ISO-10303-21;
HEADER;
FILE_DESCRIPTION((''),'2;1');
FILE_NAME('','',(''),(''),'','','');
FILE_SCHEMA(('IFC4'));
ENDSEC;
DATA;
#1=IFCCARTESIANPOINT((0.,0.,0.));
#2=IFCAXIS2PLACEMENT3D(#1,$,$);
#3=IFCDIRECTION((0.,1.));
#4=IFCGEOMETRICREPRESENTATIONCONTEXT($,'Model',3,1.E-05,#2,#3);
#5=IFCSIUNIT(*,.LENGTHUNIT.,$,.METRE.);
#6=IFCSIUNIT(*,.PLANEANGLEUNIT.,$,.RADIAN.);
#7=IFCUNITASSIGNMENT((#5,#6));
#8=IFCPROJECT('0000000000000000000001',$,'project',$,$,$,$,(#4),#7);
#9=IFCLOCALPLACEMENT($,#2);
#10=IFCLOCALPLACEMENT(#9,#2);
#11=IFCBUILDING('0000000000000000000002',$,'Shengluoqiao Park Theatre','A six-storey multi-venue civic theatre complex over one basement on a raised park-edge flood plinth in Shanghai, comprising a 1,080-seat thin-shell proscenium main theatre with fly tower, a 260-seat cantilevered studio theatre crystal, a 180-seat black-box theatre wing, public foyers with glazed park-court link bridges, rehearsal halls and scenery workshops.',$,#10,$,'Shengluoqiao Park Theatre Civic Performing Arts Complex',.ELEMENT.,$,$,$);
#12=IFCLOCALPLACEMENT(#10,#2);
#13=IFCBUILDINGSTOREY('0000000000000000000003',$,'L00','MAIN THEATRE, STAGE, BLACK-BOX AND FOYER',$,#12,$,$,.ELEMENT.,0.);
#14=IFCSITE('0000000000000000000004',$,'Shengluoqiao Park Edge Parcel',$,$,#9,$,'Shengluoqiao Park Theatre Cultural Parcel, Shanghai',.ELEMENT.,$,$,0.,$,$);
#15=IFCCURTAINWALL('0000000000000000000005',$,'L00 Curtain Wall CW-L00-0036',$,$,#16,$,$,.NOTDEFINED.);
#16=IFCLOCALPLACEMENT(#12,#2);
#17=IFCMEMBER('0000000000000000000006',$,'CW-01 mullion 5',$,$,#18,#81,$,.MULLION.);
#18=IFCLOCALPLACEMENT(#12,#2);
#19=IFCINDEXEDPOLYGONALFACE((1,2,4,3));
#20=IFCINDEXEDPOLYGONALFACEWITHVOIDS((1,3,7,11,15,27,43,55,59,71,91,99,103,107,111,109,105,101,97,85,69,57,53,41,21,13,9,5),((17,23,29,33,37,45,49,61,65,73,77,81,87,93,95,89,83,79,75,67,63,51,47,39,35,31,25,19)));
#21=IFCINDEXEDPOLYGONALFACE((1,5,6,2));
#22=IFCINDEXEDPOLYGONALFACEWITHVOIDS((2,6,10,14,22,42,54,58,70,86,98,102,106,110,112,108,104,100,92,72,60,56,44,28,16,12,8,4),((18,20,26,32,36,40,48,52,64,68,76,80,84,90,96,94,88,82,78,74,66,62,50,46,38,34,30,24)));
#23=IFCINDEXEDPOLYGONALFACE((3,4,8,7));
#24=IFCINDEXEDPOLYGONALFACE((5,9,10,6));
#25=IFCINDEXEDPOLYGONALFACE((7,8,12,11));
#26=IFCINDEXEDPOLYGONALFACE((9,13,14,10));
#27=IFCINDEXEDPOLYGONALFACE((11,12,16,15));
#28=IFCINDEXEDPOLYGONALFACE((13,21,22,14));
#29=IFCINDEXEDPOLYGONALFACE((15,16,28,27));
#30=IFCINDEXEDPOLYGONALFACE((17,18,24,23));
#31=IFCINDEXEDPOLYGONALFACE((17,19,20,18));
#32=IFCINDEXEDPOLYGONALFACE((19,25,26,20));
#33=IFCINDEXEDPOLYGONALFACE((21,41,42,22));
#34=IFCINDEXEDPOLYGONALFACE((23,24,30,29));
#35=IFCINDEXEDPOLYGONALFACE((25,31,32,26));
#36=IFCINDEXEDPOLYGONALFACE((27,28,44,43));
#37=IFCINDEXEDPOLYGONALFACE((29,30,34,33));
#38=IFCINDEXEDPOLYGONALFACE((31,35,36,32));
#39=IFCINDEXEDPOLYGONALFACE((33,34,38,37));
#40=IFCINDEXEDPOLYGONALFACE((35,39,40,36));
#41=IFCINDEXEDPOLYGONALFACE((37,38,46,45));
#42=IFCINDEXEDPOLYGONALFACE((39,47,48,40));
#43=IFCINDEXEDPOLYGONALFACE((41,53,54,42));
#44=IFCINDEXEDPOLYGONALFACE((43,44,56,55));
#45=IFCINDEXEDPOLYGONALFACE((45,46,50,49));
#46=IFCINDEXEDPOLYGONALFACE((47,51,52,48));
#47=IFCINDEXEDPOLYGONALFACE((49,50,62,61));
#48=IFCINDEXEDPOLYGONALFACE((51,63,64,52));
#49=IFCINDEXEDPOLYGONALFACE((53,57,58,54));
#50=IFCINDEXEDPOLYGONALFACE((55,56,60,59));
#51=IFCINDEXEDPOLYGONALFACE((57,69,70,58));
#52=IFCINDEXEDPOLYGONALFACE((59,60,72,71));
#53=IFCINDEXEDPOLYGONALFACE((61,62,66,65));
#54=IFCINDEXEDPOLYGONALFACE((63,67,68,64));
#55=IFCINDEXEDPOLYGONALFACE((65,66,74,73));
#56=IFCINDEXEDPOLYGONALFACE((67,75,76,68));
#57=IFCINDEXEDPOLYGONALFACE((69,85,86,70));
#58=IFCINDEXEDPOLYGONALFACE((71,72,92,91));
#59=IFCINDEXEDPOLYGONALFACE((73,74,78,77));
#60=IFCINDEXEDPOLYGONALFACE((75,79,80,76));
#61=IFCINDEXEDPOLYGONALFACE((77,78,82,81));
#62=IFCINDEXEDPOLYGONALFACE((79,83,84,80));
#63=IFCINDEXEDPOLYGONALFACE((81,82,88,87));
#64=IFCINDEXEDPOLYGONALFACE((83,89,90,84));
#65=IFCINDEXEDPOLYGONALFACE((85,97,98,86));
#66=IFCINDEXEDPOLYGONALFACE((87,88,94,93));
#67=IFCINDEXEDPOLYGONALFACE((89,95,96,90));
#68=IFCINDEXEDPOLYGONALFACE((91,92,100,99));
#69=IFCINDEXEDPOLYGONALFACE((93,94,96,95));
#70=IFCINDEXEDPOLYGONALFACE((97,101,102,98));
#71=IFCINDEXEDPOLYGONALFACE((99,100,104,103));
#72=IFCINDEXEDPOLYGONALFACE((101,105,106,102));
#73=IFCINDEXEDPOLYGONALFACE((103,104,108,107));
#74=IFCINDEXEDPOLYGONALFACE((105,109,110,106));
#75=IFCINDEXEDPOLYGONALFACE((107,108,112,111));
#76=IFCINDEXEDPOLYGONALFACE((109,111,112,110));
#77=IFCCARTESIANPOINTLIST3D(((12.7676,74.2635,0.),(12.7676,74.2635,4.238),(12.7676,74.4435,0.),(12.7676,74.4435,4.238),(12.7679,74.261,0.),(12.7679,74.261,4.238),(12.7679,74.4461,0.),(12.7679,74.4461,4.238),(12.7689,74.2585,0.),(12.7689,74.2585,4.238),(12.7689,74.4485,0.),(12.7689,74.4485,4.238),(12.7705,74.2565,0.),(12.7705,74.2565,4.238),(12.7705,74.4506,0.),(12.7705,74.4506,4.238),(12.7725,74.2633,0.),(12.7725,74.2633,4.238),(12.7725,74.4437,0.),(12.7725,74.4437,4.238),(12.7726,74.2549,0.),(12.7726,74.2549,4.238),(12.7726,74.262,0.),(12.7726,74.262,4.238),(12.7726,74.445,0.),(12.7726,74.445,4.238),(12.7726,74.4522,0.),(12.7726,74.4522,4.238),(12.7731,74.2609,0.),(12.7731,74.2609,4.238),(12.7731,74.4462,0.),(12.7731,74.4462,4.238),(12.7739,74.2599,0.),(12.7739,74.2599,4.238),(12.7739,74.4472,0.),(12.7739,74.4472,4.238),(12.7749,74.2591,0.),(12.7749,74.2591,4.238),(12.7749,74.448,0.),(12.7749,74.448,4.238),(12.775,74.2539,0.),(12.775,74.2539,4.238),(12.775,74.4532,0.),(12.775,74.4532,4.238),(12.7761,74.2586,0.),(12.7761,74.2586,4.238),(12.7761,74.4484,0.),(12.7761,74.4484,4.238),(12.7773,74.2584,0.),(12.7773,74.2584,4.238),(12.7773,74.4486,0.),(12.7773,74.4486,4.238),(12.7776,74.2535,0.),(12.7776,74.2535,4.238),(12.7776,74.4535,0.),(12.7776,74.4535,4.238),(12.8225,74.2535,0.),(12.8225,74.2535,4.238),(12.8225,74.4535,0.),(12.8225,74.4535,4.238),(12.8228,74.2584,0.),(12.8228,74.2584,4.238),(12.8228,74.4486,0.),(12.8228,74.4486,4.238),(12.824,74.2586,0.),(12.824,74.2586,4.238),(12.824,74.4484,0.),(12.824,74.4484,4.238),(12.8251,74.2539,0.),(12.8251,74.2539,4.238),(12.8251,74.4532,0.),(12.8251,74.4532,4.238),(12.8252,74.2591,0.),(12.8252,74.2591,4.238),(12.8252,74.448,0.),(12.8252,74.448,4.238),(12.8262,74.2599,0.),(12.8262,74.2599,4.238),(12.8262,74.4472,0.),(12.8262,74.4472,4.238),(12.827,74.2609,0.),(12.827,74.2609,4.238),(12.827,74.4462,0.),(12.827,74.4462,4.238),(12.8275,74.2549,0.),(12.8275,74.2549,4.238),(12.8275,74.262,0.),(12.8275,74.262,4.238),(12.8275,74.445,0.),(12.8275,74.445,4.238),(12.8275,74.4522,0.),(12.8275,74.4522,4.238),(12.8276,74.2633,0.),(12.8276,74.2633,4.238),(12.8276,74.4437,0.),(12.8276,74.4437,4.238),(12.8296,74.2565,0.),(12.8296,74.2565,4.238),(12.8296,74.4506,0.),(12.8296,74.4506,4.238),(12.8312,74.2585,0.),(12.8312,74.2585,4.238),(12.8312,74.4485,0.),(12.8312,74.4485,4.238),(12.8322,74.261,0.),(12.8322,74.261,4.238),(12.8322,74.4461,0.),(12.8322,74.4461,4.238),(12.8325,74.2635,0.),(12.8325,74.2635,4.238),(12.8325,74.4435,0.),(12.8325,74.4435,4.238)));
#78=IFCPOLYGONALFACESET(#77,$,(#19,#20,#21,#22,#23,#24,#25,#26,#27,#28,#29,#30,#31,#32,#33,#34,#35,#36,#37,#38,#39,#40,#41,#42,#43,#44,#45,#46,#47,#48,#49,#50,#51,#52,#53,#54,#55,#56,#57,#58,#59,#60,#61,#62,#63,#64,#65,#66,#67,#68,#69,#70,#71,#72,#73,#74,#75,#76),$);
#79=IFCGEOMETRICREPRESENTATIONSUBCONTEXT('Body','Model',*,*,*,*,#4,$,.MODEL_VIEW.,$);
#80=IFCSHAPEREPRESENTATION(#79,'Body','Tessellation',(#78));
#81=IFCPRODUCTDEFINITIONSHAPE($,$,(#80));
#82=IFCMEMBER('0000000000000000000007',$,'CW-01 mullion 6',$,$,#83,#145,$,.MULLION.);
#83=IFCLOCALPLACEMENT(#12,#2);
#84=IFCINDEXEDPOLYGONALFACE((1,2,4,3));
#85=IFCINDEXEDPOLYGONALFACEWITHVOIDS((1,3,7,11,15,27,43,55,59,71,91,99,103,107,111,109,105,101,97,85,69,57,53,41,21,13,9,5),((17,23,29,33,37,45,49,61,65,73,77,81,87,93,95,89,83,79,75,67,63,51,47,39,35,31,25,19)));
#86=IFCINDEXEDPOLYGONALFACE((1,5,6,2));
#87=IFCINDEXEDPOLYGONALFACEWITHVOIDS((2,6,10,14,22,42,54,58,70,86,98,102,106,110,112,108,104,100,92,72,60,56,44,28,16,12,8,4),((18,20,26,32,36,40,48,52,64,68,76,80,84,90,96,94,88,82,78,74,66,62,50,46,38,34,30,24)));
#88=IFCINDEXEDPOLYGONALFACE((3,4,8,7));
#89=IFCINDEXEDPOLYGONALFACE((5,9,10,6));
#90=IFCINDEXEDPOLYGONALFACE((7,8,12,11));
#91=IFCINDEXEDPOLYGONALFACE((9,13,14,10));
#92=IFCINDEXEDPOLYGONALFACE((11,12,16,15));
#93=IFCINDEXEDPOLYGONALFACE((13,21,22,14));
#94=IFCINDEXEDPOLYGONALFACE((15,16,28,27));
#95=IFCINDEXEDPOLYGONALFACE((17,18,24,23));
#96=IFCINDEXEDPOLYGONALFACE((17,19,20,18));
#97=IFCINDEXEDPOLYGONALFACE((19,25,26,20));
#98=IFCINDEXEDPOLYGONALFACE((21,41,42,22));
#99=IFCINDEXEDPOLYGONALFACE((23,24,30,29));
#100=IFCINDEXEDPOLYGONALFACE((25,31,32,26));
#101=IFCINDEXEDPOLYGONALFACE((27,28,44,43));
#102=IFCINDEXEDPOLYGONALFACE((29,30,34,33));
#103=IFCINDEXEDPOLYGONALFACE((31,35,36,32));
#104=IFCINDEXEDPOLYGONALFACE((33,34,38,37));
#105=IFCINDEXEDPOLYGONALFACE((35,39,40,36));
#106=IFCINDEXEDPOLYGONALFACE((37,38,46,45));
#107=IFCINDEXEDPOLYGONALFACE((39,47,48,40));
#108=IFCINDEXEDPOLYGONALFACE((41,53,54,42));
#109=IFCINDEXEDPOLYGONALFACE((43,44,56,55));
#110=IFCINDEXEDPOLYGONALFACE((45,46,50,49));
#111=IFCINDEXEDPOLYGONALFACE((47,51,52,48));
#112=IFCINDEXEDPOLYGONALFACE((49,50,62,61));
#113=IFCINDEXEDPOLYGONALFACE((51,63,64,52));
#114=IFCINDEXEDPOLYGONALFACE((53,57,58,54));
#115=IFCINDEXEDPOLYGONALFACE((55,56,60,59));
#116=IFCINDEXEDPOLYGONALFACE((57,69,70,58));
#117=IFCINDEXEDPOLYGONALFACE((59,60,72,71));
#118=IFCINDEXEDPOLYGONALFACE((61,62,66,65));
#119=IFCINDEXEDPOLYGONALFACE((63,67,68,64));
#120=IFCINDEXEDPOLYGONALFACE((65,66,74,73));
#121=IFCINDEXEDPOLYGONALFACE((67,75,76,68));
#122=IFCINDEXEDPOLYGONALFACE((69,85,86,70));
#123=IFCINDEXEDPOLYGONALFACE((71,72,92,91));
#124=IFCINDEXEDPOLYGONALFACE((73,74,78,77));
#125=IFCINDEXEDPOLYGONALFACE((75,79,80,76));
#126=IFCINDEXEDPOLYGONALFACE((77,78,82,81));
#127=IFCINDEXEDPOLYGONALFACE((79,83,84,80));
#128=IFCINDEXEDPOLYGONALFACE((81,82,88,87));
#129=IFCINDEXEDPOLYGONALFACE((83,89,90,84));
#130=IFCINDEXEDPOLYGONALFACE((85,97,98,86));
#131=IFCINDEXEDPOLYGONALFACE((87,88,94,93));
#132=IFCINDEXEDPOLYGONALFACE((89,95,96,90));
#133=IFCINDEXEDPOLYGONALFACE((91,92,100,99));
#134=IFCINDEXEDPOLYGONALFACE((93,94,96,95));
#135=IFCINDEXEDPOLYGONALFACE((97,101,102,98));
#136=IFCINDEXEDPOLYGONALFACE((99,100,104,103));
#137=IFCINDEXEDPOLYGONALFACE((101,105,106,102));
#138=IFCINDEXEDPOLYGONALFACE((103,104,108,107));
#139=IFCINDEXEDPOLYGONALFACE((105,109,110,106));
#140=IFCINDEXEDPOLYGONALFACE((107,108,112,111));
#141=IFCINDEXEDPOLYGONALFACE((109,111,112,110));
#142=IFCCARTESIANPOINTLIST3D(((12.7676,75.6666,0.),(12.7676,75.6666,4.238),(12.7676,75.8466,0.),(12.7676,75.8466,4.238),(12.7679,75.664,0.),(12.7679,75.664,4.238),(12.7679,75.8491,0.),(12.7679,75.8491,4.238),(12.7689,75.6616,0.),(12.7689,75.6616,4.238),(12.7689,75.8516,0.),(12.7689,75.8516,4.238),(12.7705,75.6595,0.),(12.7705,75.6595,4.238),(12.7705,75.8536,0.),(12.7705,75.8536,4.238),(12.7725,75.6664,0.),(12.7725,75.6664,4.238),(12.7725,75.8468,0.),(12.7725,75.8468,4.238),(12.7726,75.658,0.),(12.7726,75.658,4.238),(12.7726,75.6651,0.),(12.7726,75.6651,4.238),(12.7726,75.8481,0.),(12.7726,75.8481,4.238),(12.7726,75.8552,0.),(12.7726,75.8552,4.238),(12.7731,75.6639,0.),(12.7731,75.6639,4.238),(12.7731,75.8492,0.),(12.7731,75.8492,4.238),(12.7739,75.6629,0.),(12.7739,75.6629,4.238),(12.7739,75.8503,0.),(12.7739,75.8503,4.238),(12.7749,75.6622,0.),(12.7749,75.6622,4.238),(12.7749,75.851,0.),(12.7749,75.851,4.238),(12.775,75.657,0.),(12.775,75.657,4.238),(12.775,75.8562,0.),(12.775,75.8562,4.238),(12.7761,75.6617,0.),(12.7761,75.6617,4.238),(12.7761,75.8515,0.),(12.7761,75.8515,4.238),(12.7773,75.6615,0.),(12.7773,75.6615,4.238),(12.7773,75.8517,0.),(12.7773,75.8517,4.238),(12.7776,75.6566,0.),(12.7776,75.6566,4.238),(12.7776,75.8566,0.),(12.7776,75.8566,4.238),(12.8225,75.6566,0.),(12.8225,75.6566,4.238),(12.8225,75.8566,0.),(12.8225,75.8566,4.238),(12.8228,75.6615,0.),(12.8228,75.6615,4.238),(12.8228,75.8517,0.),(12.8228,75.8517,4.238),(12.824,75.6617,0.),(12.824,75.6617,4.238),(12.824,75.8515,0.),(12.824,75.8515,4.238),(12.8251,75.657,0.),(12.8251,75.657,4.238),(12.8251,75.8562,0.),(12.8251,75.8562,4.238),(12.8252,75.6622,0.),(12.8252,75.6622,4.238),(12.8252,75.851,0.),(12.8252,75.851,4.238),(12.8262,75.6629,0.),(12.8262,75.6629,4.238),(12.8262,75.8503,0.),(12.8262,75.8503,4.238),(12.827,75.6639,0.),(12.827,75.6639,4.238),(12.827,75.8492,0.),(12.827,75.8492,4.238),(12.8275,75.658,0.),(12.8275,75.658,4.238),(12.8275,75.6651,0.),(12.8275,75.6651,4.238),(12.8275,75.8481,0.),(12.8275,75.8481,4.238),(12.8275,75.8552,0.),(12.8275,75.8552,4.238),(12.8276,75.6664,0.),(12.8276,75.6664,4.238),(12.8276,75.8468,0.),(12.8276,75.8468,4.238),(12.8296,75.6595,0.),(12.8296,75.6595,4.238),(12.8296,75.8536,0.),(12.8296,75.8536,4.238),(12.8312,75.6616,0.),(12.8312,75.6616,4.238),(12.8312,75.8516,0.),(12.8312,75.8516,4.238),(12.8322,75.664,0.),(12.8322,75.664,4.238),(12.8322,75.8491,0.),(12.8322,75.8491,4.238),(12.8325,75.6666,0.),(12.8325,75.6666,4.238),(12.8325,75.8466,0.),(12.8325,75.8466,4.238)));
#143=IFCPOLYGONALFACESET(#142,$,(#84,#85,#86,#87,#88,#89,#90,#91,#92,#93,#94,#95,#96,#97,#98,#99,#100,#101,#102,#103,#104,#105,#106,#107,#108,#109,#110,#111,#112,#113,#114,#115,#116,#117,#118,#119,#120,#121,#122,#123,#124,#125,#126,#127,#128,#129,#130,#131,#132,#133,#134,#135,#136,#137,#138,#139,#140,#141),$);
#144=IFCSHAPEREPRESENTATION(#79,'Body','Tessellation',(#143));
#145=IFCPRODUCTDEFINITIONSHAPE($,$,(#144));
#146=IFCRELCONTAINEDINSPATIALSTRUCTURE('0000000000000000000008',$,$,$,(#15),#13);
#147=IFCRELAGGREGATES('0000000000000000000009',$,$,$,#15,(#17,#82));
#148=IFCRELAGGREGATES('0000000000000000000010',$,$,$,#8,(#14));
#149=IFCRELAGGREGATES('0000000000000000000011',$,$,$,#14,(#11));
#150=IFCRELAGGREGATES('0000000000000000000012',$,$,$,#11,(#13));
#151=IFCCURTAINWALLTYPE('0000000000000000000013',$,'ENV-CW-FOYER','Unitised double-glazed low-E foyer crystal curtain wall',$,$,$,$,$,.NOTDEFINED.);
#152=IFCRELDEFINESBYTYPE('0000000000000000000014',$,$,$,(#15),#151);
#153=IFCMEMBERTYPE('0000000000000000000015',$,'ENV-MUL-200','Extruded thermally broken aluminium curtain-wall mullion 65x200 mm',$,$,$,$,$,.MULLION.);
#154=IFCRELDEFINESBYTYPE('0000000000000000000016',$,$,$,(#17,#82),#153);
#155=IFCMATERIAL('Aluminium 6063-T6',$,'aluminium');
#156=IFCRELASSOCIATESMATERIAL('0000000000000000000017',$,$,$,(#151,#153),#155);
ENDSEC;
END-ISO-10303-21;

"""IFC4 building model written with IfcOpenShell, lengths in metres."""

from ifc_helpers import new_model, si_unit, direction, frame, origin, origin_2d, place, context, subcontext, project, spatial, hollow_rectangle, extrude, material, material_profile, profile_set, type_object, element, aggregate, save


model = new_model("IFC4")

# Units and contexts
model_context = context("Model", 3, precision=1e-05, world=origin(), true_north=direction((0.0, 1.0)))
body_context = subcontext(model_context, "Body", "Model", "MODEL_VIEW")
ifc_project = project(units=[si_unit("LENGTHUNIT", "METRE"), si_unit("PLANEANGLEUNIT", "RADIAN")], contexts=[model_context])

# Site, building, storey
site_placement = place(None, origin())
site = spatial("IfcSite", under=ifc_project, at=site_placement, Name="Shengluoqiao Park Edge Parcel", LongName="Shengluoqiao Park Theatre Cultural Parcel, Shanghai", CompositionType="ELEMENT", RefElevation=0.0)
building_placement = place(site_placement, origin())
building = spatial("IfcBuilding", under=site, at=building_placement, Name="Shengluoqiao Park Theatre", Description="A six-storey multi-venue civic theatre complex over one basement on a raised park-edge flood plinth in Shanghai, comprising a 1,080-seat thin-shell proscenium main theatre with fly tower, a 260-seat cantilevered studio theatre crystal, a 180-seat black-box theatre wing, public foyers with glazed park-court link bridges, rehearsal halls and scenery workshops.", LongName="Shengluoqiao Park Theatre Civic Performing Arts Complex", CompositionType="ELEMENT")
storey_placement = place(building_placement, origin())
storey = spatial("IfcBuildingStorey", under=building, at=storey_placement, Name="L00", Description="MAIN THEATRE, STAGE, BLACK-BOX AND FOYER", CompositionType="ELEMENT", Elevation=0.0)

# Curtain wall, members
ifc_material_1 = material(Name="Aluminium 6063-T6", Category="aluminium")
curtain_wall_type = type_object("IfcCurtainWallType", Name="ENV-CW-FOYER", Description="Unitised double-glazed low-E foyer crystal curtain wall", PredefinedType="NOTDEFINED", material=ifc_material_1)
curtain_wall_1_placement = place(storey_placement, origin())
curtain_wall_1 = element("IfcCurtainWall", 1, at=curtain_wall_1_placement, inside=storey, type_object=curtain_wall_type, Name="L00 Curtain Wall CW-L00-0036", PredefinedType="NOTDEFINED")
ifc_material_profile_1 = material_profile(ifc_material_1, hollow_rectangle(XDim=0.0649, YDim=0.2, WallThickness=0.0049, InnerFilletRadius=0.0049, OuterFilletRadius=0.01, at=origin_2d()), Name="ALU MULLION 200x65x5")
ifc_profile_set_1 = profile_set([ifc_material_profile_1], Name="Aluminium 6063-T6")
member_type_1 = type_object("IfcMemberType", Name="ENV-MUL-200", Description="Extruded thermally broken aluminium curtain-wall mullion 65x200 mm", PredefinedType="MULLION", material=ifc_profile_set_1)
member_1_placement = place(storey_placement, frame((12.8, 74.3535, 0.0), z_axis=(0.0, 0.0, 1.0), x_axis=(-1.0, 0.0, 0.0)))
member_1 = element("IfcMember", 2, at=member_1_placement, type_object=member_type_1, Name="CW-01 mullion 5", PredefinedType="MULLION", context=body_context, shape_type="SweptSolid", body=[
    extrude(hollow_rectangle(XDim=0.0649, YDim=0.2, WallThickness=0.0049, InnerFilletRadius=0.0049, OuterFilletRadius=0.01, at=origin_2d()), origin(), (0.0, 0.0, 1.0), 4.238),
])
member_2_placement = place(storey_placement, frame((12.8, 75.7566, 0.0), z_axis=(0.0, 0.0, 1.0), x_axis=(-1.0, 0.0, 0.0)))
member_2 = element("IfcMember", 3, at=member_2_placement, type_object=member_type_1, Name="CW-01 mullion 6", PredefinedType="MULLION", context=body_context, shape_type="SweptSolid", body=[
    extrude(hollow_rectangle(XDim=0.0649, YDim=0.2, WallThickness=0.0049, InnerFilletRadius=0.0049, OuterFilletRadius=0.01, at=origin_2d()), origin(), (0.0, 0.0, 1.0), 4.238),
])

aggregate(curtain_wall_1, [member_1, member_2])

save(model, "model.ifc")
